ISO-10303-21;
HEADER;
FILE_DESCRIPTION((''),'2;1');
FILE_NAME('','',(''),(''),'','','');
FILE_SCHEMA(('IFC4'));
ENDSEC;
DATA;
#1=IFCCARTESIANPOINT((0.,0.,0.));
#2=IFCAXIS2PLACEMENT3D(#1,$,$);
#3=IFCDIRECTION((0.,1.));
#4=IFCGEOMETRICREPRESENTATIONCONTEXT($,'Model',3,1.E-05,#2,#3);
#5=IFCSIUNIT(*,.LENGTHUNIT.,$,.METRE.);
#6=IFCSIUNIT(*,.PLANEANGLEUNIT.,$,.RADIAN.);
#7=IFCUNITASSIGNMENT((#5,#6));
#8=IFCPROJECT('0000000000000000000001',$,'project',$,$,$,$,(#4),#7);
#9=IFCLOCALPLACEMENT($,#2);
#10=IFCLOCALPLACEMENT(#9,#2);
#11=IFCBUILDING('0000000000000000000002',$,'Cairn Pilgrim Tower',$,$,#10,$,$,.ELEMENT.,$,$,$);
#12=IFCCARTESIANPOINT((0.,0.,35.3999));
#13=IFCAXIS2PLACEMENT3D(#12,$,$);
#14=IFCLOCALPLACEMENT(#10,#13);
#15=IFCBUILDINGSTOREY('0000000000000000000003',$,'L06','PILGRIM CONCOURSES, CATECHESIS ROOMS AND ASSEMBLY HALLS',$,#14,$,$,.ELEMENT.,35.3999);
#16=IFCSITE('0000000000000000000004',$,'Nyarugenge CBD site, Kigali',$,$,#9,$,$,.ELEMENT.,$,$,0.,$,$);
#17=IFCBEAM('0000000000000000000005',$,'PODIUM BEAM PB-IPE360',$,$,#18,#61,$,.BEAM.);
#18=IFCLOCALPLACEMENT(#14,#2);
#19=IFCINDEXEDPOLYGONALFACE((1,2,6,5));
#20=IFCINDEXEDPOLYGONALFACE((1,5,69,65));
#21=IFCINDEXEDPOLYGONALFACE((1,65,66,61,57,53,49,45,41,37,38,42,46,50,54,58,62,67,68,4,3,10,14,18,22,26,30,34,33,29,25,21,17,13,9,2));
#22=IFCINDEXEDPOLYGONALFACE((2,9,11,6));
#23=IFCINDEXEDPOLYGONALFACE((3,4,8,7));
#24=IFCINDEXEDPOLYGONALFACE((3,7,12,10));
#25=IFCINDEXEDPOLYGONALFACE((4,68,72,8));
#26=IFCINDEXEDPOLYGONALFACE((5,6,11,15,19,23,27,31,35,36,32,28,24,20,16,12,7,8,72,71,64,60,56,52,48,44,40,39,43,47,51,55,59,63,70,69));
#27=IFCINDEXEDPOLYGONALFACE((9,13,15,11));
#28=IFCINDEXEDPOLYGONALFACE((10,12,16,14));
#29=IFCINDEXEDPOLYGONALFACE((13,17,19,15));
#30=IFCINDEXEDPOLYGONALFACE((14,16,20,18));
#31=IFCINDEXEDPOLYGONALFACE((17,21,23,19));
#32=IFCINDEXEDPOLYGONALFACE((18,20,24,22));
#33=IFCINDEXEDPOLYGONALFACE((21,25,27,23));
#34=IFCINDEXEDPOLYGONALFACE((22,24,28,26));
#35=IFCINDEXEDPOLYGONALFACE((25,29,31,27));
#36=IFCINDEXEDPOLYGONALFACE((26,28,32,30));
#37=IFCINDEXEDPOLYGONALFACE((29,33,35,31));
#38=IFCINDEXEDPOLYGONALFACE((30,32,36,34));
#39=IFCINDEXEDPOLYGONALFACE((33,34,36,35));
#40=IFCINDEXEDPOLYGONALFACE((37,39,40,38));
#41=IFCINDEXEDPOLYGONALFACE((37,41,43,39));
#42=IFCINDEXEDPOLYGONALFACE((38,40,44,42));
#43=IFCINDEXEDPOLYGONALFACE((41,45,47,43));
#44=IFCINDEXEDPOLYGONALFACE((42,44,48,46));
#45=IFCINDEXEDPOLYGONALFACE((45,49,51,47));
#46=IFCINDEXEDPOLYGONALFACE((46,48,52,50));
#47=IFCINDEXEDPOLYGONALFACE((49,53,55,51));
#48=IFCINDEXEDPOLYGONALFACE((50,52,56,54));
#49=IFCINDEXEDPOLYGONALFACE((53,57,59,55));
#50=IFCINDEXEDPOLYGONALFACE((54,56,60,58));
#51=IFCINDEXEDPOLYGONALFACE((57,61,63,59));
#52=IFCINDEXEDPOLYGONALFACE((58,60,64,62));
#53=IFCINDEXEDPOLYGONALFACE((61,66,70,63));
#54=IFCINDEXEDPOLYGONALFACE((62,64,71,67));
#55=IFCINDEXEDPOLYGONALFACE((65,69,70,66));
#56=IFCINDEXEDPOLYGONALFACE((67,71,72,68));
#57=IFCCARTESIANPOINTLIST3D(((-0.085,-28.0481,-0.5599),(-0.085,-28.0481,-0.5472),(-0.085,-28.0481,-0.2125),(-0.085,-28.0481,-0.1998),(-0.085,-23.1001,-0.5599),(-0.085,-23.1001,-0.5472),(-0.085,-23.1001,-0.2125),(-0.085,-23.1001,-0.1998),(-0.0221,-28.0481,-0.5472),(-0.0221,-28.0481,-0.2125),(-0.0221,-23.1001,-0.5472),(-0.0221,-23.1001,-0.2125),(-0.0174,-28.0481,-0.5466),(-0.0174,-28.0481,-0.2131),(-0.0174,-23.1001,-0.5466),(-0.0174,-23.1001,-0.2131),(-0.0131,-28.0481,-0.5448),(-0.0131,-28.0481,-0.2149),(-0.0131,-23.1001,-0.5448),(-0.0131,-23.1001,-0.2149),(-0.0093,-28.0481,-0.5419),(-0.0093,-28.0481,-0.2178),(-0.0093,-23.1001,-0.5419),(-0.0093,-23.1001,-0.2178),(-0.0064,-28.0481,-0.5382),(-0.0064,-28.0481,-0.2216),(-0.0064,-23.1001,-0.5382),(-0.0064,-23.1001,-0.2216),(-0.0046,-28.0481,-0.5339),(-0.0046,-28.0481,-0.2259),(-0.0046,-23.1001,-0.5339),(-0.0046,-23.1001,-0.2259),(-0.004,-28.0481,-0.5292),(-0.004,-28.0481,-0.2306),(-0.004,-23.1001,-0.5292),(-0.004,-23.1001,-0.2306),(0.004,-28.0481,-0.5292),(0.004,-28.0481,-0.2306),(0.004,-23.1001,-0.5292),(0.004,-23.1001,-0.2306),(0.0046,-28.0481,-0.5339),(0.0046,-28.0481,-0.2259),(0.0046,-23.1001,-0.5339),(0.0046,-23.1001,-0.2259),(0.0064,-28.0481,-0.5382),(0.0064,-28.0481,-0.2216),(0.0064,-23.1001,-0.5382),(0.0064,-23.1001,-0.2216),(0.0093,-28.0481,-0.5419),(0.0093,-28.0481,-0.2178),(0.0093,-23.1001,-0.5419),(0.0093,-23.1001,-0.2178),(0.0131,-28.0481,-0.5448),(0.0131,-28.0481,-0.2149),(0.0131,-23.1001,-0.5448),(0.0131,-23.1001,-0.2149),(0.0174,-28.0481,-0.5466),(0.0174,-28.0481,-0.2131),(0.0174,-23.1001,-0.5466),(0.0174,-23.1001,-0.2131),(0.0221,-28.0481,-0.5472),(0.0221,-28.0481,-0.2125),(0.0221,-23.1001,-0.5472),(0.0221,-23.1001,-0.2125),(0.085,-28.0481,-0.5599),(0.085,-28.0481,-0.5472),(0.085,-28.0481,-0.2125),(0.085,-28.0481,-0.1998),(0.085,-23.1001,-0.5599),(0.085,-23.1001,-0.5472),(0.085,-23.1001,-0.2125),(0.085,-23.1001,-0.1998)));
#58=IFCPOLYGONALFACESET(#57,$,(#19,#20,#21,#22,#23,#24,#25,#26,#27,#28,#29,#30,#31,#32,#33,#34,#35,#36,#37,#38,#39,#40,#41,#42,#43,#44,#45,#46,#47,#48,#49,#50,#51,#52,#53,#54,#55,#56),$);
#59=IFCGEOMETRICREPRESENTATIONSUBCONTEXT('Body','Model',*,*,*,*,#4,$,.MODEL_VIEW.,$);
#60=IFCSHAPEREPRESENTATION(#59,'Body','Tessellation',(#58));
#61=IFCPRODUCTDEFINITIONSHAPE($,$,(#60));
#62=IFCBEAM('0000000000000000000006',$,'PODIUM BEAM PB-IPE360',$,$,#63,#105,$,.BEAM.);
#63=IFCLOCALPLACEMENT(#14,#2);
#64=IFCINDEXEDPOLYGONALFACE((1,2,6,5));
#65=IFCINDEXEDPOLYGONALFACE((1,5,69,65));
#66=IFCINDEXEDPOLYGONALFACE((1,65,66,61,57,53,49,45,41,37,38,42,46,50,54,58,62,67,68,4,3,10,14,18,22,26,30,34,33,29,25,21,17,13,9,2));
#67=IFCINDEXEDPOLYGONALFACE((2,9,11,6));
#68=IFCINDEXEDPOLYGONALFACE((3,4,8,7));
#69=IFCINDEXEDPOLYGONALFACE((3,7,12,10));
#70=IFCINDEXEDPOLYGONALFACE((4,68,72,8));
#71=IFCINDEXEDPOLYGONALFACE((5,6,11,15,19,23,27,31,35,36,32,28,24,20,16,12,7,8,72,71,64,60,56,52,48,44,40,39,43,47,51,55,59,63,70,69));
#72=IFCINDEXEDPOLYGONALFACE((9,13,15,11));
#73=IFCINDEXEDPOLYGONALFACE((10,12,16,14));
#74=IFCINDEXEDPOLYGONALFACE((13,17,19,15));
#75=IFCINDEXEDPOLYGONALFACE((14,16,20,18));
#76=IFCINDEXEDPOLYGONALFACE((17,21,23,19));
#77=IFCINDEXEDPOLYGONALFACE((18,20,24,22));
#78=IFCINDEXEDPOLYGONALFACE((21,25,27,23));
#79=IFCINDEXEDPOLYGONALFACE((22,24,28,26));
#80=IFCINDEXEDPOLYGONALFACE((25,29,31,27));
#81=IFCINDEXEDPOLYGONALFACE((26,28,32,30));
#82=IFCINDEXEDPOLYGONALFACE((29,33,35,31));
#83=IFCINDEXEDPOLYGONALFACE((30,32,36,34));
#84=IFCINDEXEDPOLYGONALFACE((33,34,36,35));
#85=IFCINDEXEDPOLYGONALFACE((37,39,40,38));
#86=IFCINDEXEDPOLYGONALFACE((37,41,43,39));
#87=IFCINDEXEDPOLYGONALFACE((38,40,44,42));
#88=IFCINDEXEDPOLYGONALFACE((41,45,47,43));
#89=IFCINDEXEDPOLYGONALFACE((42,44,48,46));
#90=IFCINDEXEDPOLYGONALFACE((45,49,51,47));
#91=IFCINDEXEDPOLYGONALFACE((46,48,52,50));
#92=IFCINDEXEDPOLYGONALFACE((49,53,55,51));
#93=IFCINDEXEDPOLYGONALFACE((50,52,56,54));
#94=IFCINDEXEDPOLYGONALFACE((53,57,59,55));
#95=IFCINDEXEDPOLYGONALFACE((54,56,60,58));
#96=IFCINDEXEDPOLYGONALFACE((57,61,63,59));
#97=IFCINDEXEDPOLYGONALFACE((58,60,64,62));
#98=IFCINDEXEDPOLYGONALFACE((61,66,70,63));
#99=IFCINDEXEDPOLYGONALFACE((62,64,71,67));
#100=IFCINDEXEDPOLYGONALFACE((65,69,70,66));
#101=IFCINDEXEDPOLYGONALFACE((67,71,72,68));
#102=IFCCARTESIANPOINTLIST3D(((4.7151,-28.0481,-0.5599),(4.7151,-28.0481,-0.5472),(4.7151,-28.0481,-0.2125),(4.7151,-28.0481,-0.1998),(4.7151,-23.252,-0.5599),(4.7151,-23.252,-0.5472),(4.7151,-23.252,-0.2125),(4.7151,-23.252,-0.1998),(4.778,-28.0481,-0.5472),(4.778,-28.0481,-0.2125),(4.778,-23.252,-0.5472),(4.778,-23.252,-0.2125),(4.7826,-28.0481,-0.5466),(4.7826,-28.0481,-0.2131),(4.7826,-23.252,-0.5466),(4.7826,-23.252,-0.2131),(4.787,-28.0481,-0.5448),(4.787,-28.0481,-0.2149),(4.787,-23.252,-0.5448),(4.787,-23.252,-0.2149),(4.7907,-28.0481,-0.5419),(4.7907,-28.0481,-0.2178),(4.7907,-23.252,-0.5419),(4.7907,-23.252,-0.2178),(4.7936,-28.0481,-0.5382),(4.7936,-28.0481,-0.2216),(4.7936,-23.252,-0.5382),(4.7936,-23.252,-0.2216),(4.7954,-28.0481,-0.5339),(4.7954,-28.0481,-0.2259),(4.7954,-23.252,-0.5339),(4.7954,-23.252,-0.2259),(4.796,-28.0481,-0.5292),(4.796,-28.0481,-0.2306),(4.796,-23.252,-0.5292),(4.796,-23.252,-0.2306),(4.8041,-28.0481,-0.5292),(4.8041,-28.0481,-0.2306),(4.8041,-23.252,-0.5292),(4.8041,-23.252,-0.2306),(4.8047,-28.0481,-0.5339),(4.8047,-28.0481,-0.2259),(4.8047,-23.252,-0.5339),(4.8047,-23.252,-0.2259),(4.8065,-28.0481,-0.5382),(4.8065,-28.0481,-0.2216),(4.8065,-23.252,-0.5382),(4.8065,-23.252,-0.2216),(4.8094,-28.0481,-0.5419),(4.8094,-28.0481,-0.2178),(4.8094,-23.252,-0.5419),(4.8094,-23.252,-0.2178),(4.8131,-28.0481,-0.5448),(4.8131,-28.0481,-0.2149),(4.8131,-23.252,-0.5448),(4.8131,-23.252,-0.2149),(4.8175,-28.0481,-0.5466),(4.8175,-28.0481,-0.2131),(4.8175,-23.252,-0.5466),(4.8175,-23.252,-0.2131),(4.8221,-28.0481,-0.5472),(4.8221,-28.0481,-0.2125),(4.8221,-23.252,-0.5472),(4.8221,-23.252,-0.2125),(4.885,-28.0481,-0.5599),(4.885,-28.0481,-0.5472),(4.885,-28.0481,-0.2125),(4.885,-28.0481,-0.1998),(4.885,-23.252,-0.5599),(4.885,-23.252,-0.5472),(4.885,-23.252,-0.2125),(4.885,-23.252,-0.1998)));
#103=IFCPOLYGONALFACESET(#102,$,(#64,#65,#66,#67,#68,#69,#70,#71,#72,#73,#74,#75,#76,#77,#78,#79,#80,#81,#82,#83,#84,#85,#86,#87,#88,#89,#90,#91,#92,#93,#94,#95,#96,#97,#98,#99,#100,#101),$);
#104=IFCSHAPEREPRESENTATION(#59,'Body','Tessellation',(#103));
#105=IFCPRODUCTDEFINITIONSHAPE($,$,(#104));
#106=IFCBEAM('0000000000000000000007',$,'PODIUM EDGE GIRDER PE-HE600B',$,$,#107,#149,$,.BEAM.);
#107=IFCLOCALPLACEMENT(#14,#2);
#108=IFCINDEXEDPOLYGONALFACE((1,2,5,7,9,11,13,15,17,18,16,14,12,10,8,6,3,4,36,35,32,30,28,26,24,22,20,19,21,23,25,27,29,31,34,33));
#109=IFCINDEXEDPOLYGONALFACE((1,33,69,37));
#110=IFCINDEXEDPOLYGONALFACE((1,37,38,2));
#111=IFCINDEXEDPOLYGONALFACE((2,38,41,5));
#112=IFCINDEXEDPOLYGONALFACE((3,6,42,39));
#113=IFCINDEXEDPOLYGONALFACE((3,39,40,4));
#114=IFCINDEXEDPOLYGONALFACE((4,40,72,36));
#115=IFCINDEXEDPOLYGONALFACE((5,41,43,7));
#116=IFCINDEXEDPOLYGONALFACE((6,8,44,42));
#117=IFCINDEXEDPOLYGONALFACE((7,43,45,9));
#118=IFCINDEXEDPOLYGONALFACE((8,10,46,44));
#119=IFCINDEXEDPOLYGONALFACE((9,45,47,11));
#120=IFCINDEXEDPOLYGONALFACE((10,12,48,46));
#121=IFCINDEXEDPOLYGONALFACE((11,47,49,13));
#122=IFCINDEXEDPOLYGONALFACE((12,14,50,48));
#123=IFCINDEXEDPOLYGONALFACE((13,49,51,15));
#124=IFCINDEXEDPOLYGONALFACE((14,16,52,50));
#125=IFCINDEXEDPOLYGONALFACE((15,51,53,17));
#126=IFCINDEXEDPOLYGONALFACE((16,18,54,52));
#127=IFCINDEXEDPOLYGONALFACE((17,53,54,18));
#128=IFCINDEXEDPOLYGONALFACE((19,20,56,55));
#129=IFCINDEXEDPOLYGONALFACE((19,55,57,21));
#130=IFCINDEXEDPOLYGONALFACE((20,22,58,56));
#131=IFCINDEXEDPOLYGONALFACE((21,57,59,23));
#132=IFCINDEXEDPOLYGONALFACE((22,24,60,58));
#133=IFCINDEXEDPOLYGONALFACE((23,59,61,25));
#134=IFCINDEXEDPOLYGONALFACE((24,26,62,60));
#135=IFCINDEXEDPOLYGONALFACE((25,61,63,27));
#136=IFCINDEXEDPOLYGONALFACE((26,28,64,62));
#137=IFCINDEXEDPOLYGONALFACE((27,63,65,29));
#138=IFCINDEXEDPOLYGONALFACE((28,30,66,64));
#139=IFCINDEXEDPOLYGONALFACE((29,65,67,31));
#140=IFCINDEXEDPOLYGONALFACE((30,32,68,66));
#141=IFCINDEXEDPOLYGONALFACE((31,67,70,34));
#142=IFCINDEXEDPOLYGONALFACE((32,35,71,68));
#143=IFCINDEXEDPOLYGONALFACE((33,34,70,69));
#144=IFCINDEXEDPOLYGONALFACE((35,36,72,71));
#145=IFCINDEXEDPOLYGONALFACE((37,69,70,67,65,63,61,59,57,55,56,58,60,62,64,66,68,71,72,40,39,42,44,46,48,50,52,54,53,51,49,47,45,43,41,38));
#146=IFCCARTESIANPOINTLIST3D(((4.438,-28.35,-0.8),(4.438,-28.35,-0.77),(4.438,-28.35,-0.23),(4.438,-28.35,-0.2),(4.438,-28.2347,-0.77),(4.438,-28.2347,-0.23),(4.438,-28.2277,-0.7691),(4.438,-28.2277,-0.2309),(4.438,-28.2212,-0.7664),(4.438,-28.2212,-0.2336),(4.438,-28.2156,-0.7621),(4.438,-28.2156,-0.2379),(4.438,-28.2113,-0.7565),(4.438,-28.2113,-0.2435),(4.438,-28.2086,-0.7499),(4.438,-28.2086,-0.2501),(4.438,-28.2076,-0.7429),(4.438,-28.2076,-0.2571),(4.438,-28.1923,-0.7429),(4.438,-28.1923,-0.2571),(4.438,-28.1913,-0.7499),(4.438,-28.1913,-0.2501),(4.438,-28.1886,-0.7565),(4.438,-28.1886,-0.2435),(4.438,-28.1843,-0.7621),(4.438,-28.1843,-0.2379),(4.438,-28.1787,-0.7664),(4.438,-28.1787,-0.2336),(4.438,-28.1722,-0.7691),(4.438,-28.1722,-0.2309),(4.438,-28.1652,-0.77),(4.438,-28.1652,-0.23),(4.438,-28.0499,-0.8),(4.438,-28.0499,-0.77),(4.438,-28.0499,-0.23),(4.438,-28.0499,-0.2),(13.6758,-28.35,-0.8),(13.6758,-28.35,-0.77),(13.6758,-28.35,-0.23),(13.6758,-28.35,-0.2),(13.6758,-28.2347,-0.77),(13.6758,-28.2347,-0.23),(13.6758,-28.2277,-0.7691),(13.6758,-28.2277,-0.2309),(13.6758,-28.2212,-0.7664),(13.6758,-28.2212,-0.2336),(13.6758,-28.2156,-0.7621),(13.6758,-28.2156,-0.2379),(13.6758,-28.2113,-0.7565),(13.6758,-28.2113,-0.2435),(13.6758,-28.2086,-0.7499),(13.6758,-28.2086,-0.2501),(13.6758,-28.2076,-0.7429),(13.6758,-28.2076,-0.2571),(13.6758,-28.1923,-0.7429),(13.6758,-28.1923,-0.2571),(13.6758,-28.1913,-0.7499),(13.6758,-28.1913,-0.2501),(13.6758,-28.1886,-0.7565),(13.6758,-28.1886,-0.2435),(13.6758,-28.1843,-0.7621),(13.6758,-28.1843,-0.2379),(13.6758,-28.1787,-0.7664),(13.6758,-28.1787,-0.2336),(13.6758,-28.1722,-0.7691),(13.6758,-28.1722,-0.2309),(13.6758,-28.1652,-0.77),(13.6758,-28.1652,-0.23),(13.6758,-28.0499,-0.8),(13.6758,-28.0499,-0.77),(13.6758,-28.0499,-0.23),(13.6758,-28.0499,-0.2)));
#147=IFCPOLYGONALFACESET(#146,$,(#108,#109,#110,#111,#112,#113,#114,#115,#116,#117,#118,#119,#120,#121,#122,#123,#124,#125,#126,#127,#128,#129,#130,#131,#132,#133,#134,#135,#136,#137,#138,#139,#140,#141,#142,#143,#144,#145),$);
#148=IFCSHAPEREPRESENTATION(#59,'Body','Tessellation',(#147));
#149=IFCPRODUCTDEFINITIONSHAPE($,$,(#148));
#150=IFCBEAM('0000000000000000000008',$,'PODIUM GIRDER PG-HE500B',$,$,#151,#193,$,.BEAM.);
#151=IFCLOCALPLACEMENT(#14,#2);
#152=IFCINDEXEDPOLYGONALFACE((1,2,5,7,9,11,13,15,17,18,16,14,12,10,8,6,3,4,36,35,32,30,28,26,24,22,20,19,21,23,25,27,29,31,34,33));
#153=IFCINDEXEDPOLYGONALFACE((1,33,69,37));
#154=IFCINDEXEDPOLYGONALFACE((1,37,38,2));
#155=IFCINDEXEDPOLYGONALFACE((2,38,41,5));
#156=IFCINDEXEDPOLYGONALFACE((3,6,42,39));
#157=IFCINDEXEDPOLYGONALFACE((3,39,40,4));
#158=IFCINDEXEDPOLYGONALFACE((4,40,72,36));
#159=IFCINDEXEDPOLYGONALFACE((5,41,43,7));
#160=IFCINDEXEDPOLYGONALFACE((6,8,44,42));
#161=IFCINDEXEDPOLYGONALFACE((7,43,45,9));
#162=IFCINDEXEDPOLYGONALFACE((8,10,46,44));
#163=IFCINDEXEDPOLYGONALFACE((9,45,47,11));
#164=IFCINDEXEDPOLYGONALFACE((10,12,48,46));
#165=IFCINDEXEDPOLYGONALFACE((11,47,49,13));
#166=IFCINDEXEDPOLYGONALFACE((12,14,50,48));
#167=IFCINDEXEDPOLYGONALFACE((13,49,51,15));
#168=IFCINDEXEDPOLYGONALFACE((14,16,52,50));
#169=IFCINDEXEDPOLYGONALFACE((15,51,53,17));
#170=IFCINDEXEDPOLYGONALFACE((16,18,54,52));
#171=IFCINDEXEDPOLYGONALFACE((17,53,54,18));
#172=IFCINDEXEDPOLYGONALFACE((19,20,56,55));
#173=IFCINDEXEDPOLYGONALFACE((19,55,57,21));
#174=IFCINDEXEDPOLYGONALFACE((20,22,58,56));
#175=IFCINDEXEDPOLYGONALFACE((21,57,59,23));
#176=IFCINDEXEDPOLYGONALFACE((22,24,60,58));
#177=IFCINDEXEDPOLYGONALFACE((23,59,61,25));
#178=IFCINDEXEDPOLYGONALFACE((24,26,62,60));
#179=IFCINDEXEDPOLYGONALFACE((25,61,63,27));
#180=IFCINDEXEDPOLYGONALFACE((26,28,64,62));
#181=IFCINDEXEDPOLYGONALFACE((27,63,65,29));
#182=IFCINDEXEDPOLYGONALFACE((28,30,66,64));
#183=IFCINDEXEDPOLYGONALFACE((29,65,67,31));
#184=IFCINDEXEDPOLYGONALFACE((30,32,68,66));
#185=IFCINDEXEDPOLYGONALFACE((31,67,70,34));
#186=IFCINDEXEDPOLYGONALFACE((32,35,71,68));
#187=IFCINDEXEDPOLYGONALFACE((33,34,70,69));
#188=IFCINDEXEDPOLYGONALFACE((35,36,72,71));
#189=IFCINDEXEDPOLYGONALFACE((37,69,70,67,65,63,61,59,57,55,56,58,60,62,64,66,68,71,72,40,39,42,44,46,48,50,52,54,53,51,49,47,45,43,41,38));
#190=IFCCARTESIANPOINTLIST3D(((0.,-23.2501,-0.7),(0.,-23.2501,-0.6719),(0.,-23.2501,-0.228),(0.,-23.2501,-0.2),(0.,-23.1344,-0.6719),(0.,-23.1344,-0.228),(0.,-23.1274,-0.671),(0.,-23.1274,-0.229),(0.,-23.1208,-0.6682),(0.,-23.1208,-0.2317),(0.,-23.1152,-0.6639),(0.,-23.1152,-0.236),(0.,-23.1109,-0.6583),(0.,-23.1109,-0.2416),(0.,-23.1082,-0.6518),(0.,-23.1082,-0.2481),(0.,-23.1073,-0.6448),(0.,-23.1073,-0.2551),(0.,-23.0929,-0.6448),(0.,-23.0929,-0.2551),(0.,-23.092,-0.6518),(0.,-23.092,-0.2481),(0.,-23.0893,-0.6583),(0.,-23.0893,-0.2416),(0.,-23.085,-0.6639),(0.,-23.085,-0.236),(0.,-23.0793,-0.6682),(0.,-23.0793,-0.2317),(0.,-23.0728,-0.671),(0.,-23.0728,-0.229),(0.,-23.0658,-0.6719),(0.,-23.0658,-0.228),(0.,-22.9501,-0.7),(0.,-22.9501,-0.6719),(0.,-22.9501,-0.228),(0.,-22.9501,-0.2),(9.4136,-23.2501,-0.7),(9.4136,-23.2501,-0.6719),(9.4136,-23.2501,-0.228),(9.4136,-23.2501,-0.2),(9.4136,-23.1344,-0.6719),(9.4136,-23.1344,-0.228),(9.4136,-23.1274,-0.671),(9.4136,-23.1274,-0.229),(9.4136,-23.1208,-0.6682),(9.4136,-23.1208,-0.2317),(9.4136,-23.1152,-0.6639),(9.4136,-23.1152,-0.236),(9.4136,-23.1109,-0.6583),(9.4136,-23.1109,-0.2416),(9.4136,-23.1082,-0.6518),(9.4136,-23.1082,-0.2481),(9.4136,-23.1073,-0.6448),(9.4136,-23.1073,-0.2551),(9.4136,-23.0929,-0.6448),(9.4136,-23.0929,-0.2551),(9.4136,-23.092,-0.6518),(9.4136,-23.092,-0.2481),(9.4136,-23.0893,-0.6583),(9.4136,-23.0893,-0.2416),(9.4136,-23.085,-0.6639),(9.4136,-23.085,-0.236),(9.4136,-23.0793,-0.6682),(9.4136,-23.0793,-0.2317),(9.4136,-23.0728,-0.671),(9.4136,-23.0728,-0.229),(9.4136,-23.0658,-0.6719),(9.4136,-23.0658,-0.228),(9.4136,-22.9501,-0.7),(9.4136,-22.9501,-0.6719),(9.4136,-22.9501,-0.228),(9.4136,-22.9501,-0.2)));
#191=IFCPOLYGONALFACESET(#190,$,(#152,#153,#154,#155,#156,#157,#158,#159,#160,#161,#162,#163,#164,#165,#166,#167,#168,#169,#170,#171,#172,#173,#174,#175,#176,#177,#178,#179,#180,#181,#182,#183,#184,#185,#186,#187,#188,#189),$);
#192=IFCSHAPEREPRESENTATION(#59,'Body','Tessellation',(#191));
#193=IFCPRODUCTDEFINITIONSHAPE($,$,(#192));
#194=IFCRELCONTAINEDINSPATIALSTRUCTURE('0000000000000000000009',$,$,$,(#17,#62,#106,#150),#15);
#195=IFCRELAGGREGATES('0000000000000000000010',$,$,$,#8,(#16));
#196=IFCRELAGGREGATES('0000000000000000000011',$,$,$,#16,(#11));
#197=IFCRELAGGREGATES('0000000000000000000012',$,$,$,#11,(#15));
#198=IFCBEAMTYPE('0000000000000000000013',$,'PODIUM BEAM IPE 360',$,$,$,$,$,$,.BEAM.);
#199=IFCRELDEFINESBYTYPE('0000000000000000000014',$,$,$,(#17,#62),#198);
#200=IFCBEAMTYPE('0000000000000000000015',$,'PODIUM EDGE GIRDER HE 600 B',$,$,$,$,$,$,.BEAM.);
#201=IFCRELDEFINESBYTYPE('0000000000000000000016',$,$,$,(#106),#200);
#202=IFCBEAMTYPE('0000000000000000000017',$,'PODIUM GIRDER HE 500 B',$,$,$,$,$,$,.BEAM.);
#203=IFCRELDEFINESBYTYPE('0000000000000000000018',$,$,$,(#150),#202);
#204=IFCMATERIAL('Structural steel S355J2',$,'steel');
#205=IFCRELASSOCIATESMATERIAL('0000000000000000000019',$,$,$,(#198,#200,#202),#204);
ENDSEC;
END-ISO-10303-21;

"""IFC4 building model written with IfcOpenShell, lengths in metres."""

from ifc_helpers import new_model, si_unit, direction, frame, origin, origin_2d, place, context, subcontext, project, spatial, i_section, extrude, material, material_profile, profile_set, type_object, element, save


model = new_model("IFC4")

# Units and contexts
model_context = context("Model", 3, precision=1e-05, world=origin(), true_north=direction((0.0, 1.0)))
body_context = subcontext(model_context, "Body", "Model", "MODEL_VIEW")
ifc_project = project(units=[si_unit("LENGTHUNIT", "METRE"), si_unit("PLANEANGLEUNIT", "RADIAN")], contexts=[model_context])

# Site, building, storey
site_placement = place(None, origin())
site = spatial("IfcSite", under=ifc_project, at=site_placement, Name="Nyarugenge CBD site, Kigali", CompositionType="ELEMENT", RefElevation=0.0)
building_placement = place(site_placement, origin())
building = spatial("IfcBuilding", under=site, at=building_placement, Name="Cairn Pilgrim Tower", CompositionType="ELEMENT")
storey_placement = place(building_placement, frame((0.0, 0.0, 35.3999)))
storey = spatial("IfcBuildingStorey", under=building, at=storey_placement, Name="L06", Description="PILGRIM CONCOURSES, CATECHESIS ROOMS AND ASSEMBLY HALLS", CompositionType="ELEMENT", Elevation=35.3999)

# Beams
ifc_material_1 = material(Name="Structural steel S355J2", Category="steel")
ifc_material_profile_1 = material_profile(ifc_material_1, i_section(OverallWidth=0.1699, OverallDepth=0.3601, WebThickness=0.0081, FlangeThickness=0.0127, FilletRadius=0.0181, at=origin_2d()), Name="IPE 360")
ifc_profile_set_1 = profile_set([ifc_material_profile_1], Name="Structural steel S355J2")
beam_type_1 = type_object("IfcBeamType", Name="PODIUM BEAM IPE 360", PredefinedType="BEAM", material=ifc_profile_set_1)
beam_1_placement = place(storey_placement, frame((0.0, -28.0481, -0.3799), z_axis=(0.0, 1.0, 0.0), x_axis=(-1.0, 0.0, 0.0)))
element("IfcBeam", 1, at=beam_1_placement, inside=storey, type_object=beam_type_1, Name="PODIUM BEAM PB-IPE360", PredefinedType="BEAM", context=body_context, shape_type="SweptSolid", body=[
    extrude(i_section(OverallWidth=0.1699, OverallDepth=0.3601, WebThickness=0.0081, FlangeThickness=0.0127, FilletRadius=0.0181, at=origin_2d()), origin(), (0.0, 0.0, 1.0), 4.948),
])
beam_2_placement = place(storey_placement, frame((4.8, -28.0481, -0.3799), z_axis=(0.0, 1.0, 0.0), x_axis=(-1.0, 0.0, 0.0)))
element("IfcBeam", 2, at=beam_2_placement, inside=storey, type_object=beam_type_1, Name="PODIUM BEAM PB-IPE360", PredefinedType="BEAM", context=body_context, shape_type="SweptSolid", body=[
    extrude(i_section(OverallWidth=0.1699, OverallDepth=0.3601, WebThickness=0.0081, FlangeThickness=0.0127, FilletRadius=0.0181, at=origin_2d()), origin(), (0.0, 0.0, 1.0), 4.7961),
])
ifc_material_profile_2 = material_profile(ifc_material_1, i_section(OverallWidth=0.3, OverallDepth=0.6001, WebThickness=0.0154, FlangeThickness=0.03, FilletRadius=0.0271, at=origin_2d()), Name="HEB 600")
ifc_profile_set_2 = profile_set([ifc_material_profile_2], Name="Structural steel S355J2")
beam_type_2 = type_object("IfcBeamType", Name="PODIUM EDGE GIRDER HE 600 B", PredefinedType="BEAM", material=ifc_profile_set_2)
beam_3_placement = place(storey_placement, frame((4.438, -28.2, -0.5), z_axis=(1.0, 0.0, 0.0), x_axis=(0.0, 1.0, 0.0)))
element("IfcBeam", 3, at=beam_3_placement, inside=storey, type_object=beam_type_2, Name="PODIUM EDGE GIRDER PE-HE600B", PredefinedType="BEAM", context=body_context, shape_type="SweptSolid", body=[
    extrude(i_section(OverallWidth=0.3, OverallDepth=0.6001, WebThickness=0.0154, FlangeThickness=0.03, FilletRadius=0.0271, at=origin_2d()), origin(), (0.0, 0.0, 1.0), 9.2378),
])
ifc_material_profile_3 = material_profile(ifc_material_1, i_section(OverallWidth=0.3, OverallDepth=0.5, WebThickness=0.0144, FlangeThickness=0.0281, FilletRadius=0.0271, at=origin_2d()), Name="HEB 500")
ifc_profile_set_3 = profile_set([ifc_material_profile_3], Name="Structural steel S355J2")
beam_type_3 = type_object("IfcBeamType", Name="PODIUM GIRDER HE 500 B", PredefinedType="BEAM", material=ifc_profile_set_3)
beam_4_placement = place(storey_placement, frame((0.0, -23.1001, -0.45), z_axis=(1.0, 0.0, 0.0), x_axis=(0.0, 1.0, 0.0)))
element("IfcBeam", 4, at=beam_4_placement, inside=storey, type_object=beam_type_3, Name="PODIUM GIRDER PG-HE500B", PredefinedType="BEAM", context=body_context, shape_type="SweptSolid", body=[
    extrude(i_section(OverallWidth=0.3, OverallDepth=0.5, WebThickness=0.0144, FlangeThickness=0.0281, FilletRadius=0.0271, at=origin_2d()), origin(), (0.0, 0.0, 1.0), 9.4136),
])

save(model, "model.ifc")
